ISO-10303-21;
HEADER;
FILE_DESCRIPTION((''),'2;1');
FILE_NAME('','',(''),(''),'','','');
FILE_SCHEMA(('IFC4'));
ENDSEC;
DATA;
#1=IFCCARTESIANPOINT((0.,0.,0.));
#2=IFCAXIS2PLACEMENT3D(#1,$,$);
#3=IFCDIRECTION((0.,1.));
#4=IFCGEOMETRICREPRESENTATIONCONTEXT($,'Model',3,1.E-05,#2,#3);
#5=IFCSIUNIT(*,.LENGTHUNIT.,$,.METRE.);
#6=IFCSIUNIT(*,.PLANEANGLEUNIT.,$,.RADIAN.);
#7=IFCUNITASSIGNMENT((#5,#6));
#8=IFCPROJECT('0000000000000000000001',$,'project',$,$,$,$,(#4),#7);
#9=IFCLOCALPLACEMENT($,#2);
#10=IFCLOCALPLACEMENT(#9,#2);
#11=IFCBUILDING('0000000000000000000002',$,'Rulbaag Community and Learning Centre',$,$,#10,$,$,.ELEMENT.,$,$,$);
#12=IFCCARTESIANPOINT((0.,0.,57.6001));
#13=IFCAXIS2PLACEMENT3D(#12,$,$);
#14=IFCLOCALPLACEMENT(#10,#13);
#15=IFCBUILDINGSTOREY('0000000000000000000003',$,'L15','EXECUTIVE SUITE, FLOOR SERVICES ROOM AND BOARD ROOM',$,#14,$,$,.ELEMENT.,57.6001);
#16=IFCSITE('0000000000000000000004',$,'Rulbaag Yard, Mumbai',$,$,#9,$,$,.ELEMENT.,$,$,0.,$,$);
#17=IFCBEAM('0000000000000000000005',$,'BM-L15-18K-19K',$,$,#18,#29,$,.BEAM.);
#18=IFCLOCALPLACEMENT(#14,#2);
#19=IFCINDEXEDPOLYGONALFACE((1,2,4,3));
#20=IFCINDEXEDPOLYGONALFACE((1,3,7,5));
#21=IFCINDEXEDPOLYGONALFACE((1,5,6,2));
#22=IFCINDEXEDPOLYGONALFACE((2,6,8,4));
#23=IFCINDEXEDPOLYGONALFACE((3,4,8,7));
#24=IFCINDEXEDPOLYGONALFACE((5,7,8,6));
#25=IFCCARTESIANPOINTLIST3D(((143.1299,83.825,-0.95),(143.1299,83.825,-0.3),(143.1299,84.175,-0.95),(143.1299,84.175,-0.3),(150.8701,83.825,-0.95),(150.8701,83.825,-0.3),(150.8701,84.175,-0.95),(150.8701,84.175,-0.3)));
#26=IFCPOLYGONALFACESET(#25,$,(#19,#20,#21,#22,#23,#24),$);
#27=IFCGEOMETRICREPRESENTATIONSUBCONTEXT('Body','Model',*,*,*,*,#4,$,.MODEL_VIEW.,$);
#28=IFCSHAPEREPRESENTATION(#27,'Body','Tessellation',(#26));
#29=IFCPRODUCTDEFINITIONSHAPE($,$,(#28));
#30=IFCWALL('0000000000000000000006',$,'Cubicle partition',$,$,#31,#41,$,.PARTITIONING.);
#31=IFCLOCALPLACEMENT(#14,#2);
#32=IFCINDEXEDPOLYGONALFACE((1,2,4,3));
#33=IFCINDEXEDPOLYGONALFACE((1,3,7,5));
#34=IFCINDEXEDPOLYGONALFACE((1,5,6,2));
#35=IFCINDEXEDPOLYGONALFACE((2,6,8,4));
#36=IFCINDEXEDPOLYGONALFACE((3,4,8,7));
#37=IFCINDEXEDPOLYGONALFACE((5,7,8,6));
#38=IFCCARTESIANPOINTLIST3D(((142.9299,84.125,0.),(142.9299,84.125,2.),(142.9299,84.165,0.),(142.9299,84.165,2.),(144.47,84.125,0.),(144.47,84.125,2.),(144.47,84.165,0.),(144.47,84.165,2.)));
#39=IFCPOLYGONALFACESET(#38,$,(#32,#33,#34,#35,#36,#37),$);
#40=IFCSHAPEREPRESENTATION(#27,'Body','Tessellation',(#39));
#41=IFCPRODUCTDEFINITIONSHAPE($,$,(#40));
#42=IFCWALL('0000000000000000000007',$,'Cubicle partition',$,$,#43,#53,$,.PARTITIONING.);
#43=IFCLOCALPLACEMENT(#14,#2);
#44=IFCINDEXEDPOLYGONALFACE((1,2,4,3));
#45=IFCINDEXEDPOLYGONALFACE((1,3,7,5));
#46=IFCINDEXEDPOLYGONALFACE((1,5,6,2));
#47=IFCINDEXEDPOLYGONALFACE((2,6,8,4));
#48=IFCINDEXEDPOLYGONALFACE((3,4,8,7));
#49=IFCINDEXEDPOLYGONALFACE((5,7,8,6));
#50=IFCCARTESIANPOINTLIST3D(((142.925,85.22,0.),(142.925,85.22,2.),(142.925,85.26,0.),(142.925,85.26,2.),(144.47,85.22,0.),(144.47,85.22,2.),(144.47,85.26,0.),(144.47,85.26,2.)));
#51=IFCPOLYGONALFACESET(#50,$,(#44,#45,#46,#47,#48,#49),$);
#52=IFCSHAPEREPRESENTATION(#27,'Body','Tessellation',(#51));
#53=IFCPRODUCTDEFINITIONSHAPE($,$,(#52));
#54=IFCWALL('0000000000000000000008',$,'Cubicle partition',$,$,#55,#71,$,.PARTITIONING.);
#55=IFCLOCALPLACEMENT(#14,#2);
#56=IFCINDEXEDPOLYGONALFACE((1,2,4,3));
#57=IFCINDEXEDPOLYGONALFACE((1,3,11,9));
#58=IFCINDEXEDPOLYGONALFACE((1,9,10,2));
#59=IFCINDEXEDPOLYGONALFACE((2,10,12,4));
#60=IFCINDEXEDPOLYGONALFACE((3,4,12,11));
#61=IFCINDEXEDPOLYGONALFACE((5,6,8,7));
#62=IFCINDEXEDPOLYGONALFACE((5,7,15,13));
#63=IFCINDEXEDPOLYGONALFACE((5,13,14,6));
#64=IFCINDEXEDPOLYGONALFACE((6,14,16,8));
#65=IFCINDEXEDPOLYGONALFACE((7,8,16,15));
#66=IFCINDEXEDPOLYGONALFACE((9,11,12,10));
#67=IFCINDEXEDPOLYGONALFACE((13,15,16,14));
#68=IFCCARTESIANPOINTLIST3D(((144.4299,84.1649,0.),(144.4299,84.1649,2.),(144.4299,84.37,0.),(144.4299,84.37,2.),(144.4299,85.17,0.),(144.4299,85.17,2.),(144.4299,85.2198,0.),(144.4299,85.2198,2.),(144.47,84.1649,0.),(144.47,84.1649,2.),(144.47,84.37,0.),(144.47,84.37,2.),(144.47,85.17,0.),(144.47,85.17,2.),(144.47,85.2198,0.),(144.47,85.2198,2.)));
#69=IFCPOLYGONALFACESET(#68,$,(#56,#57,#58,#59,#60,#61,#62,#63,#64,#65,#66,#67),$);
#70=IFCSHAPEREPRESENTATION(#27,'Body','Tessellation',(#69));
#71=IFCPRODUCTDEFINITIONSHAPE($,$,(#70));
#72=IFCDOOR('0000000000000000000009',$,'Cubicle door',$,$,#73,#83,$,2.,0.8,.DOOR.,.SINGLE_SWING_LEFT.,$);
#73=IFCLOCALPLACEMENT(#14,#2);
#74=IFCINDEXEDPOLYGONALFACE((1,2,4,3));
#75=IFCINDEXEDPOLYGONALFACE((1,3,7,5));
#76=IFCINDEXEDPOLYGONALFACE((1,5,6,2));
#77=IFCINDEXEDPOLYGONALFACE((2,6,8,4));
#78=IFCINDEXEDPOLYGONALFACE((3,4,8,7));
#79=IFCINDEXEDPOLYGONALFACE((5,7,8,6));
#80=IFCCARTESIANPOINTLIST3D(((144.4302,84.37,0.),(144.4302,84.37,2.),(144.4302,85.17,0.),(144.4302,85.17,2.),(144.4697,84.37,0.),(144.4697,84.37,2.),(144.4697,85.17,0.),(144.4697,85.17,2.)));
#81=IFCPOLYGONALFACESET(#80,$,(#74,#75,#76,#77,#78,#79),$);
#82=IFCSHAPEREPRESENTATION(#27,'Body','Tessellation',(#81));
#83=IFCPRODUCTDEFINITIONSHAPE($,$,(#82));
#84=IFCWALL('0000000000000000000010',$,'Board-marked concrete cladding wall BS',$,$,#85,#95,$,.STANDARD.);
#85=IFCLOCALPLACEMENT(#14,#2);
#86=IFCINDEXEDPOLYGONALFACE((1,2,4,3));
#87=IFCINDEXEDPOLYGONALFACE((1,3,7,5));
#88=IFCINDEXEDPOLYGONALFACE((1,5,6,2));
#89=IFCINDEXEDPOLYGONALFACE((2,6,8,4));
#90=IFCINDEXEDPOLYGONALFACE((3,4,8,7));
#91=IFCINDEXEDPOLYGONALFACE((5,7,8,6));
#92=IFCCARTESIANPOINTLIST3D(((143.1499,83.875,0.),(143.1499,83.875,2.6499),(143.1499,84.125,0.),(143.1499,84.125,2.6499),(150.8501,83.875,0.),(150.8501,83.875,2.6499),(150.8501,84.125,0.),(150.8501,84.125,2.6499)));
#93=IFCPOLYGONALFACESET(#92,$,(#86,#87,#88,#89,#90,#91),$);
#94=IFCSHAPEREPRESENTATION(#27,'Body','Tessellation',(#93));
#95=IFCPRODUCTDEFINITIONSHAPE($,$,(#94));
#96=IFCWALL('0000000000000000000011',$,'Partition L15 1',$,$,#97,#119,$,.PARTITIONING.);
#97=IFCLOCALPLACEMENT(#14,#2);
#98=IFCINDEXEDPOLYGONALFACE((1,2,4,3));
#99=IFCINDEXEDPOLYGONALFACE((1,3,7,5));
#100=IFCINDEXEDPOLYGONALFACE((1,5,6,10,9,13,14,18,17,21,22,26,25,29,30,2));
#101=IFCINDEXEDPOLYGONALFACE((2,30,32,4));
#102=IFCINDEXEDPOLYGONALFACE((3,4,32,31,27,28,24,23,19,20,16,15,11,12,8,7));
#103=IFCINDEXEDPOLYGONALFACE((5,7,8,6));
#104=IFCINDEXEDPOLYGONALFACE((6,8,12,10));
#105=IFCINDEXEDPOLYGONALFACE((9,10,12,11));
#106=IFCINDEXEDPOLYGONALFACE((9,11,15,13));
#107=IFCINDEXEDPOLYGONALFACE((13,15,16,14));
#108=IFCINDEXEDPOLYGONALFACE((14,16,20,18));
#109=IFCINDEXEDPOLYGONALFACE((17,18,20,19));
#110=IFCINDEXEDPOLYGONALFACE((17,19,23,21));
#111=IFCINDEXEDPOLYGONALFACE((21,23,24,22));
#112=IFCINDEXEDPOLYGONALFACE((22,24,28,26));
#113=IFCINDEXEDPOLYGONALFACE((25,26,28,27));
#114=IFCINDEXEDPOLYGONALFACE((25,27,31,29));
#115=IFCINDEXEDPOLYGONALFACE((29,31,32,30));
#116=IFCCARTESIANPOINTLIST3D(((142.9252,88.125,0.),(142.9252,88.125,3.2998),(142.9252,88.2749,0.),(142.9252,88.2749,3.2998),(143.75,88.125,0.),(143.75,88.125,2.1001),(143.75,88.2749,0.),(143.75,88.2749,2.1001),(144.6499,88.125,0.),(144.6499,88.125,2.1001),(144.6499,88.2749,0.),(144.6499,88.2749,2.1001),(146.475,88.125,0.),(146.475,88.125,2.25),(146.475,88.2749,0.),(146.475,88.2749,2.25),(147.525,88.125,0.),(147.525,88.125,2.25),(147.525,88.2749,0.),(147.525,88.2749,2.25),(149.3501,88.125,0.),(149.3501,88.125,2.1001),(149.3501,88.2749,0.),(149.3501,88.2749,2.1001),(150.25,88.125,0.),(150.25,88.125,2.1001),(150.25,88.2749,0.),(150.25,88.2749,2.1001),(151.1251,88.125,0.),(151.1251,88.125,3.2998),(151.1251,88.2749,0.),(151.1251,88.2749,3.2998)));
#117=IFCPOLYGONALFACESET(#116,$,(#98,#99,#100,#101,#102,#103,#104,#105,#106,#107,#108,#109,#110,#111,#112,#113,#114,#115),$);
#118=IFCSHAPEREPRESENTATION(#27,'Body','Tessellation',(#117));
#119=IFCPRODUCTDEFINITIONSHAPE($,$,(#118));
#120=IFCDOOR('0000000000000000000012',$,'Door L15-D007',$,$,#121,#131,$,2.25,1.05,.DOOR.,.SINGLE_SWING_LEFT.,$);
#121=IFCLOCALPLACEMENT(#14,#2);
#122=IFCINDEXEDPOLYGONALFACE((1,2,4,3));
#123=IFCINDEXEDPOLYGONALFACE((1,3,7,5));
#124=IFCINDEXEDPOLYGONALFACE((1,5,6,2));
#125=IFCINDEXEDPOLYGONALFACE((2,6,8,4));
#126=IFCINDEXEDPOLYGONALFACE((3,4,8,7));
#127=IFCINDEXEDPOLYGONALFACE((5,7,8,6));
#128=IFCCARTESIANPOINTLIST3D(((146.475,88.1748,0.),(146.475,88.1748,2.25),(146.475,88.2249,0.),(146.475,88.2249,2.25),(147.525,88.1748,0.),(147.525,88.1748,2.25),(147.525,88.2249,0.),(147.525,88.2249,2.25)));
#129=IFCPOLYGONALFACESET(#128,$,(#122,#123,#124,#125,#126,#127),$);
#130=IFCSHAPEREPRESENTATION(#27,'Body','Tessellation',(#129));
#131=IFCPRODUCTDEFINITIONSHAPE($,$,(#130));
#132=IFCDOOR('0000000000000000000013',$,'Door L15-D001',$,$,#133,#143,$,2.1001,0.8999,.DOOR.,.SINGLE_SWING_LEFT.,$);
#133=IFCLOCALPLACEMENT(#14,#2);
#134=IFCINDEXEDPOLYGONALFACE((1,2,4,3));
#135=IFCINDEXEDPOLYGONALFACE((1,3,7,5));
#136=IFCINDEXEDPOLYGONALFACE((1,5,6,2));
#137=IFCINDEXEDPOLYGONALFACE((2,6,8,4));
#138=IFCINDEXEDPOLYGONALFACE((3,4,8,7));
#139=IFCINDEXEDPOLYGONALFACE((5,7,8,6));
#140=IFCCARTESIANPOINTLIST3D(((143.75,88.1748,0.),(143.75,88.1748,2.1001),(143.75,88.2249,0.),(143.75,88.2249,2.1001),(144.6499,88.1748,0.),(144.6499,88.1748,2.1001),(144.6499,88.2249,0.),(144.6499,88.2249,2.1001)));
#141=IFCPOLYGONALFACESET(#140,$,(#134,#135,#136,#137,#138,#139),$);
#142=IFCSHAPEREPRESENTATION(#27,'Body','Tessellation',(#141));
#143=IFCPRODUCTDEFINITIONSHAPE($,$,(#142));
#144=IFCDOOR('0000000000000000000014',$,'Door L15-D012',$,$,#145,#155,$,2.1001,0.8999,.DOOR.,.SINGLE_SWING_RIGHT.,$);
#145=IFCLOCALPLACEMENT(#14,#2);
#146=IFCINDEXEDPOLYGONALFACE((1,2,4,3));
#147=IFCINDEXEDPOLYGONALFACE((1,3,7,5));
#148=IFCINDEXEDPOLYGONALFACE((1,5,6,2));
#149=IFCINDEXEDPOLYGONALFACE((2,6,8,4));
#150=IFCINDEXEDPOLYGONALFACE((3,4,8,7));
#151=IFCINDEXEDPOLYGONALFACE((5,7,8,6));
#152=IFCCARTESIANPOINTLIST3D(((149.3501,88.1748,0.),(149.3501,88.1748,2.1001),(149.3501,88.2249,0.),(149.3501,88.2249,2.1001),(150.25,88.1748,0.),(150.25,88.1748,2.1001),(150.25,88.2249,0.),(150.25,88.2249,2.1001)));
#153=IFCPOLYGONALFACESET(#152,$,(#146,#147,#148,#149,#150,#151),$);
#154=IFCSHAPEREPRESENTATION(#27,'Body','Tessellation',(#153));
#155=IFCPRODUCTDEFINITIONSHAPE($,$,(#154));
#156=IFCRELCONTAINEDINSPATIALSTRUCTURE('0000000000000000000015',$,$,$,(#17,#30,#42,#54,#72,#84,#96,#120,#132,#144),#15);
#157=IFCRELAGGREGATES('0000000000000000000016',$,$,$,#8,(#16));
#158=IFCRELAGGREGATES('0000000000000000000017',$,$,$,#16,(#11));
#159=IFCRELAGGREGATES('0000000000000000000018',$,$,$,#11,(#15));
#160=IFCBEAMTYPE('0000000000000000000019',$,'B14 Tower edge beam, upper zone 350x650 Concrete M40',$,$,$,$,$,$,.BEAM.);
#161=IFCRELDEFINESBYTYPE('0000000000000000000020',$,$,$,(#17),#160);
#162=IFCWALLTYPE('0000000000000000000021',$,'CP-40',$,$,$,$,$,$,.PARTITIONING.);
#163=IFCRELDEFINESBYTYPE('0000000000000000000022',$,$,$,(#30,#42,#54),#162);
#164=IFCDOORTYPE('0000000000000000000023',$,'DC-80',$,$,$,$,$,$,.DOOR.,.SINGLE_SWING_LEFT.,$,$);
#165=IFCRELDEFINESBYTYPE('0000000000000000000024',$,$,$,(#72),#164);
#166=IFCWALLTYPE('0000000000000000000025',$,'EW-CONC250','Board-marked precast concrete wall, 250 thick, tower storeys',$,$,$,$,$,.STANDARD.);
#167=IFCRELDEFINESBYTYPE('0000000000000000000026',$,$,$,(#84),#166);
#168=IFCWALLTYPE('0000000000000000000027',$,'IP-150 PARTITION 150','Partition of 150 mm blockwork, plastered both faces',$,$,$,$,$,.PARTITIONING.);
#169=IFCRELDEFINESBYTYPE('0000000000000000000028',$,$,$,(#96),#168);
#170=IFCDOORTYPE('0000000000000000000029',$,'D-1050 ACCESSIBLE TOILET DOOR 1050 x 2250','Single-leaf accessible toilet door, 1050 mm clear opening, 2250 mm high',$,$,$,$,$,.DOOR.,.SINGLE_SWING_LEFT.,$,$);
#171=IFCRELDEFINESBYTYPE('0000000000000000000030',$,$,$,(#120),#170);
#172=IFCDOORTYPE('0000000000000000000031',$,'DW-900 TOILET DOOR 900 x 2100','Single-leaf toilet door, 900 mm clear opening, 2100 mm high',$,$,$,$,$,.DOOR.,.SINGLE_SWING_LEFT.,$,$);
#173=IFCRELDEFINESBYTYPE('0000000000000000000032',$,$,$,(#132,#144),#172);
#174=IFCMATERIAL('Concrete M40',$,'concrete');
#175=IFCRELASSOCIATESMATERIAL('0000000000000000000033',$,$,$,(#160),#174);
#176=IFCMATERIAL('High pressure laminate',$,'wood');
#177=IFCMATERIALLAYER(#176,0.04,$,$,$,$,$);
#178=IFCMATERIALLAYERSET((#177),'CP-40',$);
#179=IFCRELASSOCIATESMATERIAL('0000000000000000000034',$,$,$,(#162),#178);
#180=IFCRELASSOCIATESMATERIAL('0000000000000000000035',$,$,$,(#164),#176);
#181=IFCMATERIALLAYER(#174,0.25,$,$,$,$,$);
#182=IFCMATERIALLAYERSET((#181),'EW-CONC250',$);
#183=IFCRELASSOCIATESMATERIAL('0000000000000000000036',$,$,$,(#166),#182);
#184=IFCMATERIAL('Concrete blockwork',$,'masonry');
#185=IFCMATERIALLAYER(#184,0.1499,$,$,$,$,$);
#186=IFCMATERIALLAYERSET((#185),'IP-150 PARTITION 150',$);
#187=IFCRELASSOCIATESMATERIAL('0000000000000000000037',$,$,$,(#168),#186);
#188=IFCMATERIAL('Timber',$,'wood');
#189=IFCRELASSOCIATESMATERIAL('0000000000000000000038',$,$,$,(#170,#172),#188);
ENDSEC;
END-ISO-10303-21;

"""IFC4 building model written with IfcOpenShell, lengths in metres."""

from ifc_helpers import new_model, si_unit, direction, frame, frame_2d, origin, origin_2d, place, context, subcontext, project, spatial, rectangle, extrude, material, layer, layer_set, material_profile, profile_set, type_object, element, fill, save


model = new_model("IFC4")

# Units and contexts
model_context = context("Model", 3, precision=1e-05, world=origin(), true_north=direction((0.0, 1.0)))
body_context = subcontext(model_context, "Body", "Model", "MODEL_VIEW")
ifc_project = project(units=[si_unit("LENGTHUNIT", "METRE"), si_unit("PLANEANGLEUNIT", "RADIAN")], contexts=[model_context])

# Site, building, storey
site_placement = place(None, origin())
site = spatial("IfcSite", under=ifc_project, at=site_placement, Name="Rulbaag Yard, Mumbai", CompositionType="ELEMENT", RefElevation=0.0)
building_placement = place(site_placement, origin())
building = spatial("IfcBuilding", under=site, at=building_placement, Name="Rulbaag Community and Learning Centre", CompositionType="ELEMENT")
storey_placement = place(building_placement, frame((0.0, 0.0, 57.6001)))
storey = spatial("IfcBuildingStorey", under=building, at=storey_placement, Name="L15", Description="EXECUTIVE SUITE, FLOOR SERVICES ROOM AND BOARD ROOM", CompositionType="ELEMENT", Elevation=57.6001)

# Beam
ifc_material_1 = material(Name="Concrete M40", Category="concrete")
ifc_material_profile = material_profile(ifc_material_1, rectangle(XDim=0.3501, YDim=0.6499, at=origin_2d()), Name="RB350x650")
ifc_profile_set = profile_set([ifc_material_profile], Name="Concrete M40")
beam_type = type_object("IfcBeamType", Name="B14 Tower edge beam, upper zone 350x650 Concrete M40", PredefinedType="BEAM", material=ifc_profile_set)
beam_placement = place(storey_placement, frame((143.1299, 84.0, -0.625), z_axis=(1.0, 0.0, 0.0), x_axis=(0.0, 1.0, 0.0)))
element("IfcBeam", 1, at=beam_placement, inside=storey, type_object=beam_type, Name="BM-L15-18K-19K", PredefinedType="BEAM", context=body_context, shape_type="SweptSolid", body=[
    extrude(rectangle(XDim=0.3501, YDim=0.6499, at=origin_2d()), origin(), (0.0, 0.0, 1.0), 7.7402),
])

# Walls
ifc_material_2 = material(Name="High pressure laminate", Category="wood")
ifc_layer_1 = layer(ifc_material_2, 0.04)
ifc_layer_set_1 = layer_set([ifc_layer_1], Name="CP-40")
wall_type_1 = type_object("IfcWallType", Name="CP-40", PredefinedType="PARTITIONING", material=ifc_layer_set_1)
wall_1_placement = place(storey_placement, frame((142.9299, 84.145, 0.0), z_axis=(0.0, 0.0, 1.0), x_axis=(1.0, 0.0, 0.0)))
element("IfcWall", 2, at=wall_1_placement, inside=storey, type_object=wall_type_1, Name="Cubicle partition", PredefinedType="PARTITIONING", context=body_context, shape_type="SweptSolid", body=[
    extrude(rectangle(XDim=1.54, YDim=0.04, at=frame_2d((0.77, 0.0))), origin(), (0.0, 0.0, 1.0), 2.0),
])
wall_2_placement = place(storey_placement, frame((142.925, 85.24, 0.0), z_axis=(0.0, 0.0, 1.0), x_axis=(1.0, 0.0, 0.0)))
element("IfcWall", 3, at=wall_2_placement, inside=storey, type_object=wall_type_1, Name="Cubicle partition", PredefinedType="PARTITIONING", context=body_context, shape_type="SweptSolid", body=[
    extrude(rectangle(XDim=1.5449, YDim=0.04, at=frame_2d((0.7725, 0.0))), origin(), (0.0, 0.0, 1.0), 2.0),
])

# Wall, opening, door
wall_3_placement = place(storey_placement, frame((144.45, 84.165, 0.0), z_axis=(0.0, 0.0, 1.0), x_axis=(0.0, 1.0, 0.0)))
wall_3 = element("IfcWall", 4, at=wall_3_placement, inside=storey, type_object=wall_type_1, Name="Cubicle partition", PredefinedType="PARTITIONING", context=body_context, shape_type="SweptSolid", body=[
    extrude(rectangle(XDim=1.0549, YDim=0.04, at=frame_2d((0.5273, 0.0))), origin(), (0.0, 0.0, 1.0), 2.0),
])
opening_1_placement = place(wall_3_placement, frame((0.2051, 0.0, 0.0)))
opening_1 = element("IfcOpeningElement", 5, at=opening_1_placement, cuts=wall_3, PredefinedType="OPENING", context=body_context, shape_type="SweptSolid", body=[
    extrude(rectangle(XDim=0.8, YDim=2.0, at=frame_2d((0.3999, 1.0))), frame((0.0, 0.03, 0.0), z_axis=(0.0, -1.0, 0.0), x_axis=(1.0, 0.0, 0.0)), (0.0, 0.0, 1.0), 0.0601),
])
door_type_1 = type_object("IfcDoorType", Name="DC-80", OperationType="SINGLE_SWING_LEFT", PredefinedType="DOOR", material=ifc_material_2)
door_1_placement = place(opening_1_placement, origin())
door_1 = element("IfcDoor", 6, at=door_1_placement, inside=storey, type_object=door_type_1, Name="Cubicle door", OperationType="SINGLE_SWING_LEFT", OverallHeight=2.0, OverallWidth=0.8, PredefinedType="DOOR", context=body_context, shape_type="SweptSolid", body=[
    extrude(rectangle(XDim=0.8, YDim=2.0, at=frame_2d((0.3999, 1.0))), frame((0.0, 0.0198, 0.0), z_axis=(0.0, -1.0, 0.0), x_axis=(1.0, 0.0, 0.0)), (0.0, 0.0, 1.0), 0.0396),
])
fill(opening_1, door_1)

# Wall
ifc_layer_2 = layer(ifc_material_1, 0.25)
ifc_layer_set_2 = layer_set([ifc_layer_2], Name="EW-CONC250")
wall_type_2 = type_object("IfcWallType", Name="EW-CONC250", Description="Board-marked precast concrete wall, 250 thick, tower storeys", PredefinedType="STANDARD", material=ifc_layer_set_2)
wall_4_placement = place(storey_placement, frame((143.1499, 84.0, 0.0), z_axis=(0.0, 0.0, 1.0), x_axis=(1.0, 0.0, 0.0)))
element("IfcWall", 7, at=wall_4_placement, inside=storey, type_object=wall_type_2, Name="Board-marked concrete cladding wall BS", PredefinedType="STANDARD", context=body_context, shape_type="SweptSolid", body=[
    extrude(rectangle(XDim=7.7002, YDim=0.25, at=frame_2d((3.8501, 0.0))), origin(), (0.0, 0.0, 1.0), 2.6499),
])

# Wall, openings, doors
ifc_material_3 = material(Name="Concrete blockwork", Category="masonry")
ifc_layer_3 = layer(ifc_material_3, 0.1499)
ifc_layer_set_3 = layer_set([ifc_layer_3], Name="IP-150 PARTITION 150")
wall_type_3 = type_object("IfcWallType", Name="IP-150 PARTITION 150", Description="Partition of 150 mm blockwork, plastered both faces", PredefinedType="PARTITIONING", material=ifc_layer_set_3)
wall_5_placement = place(storey_placement, frame((142.925, 88.2, 0.0), z_axis=(0.0, 0.0, 1.0), x_axis=(1.0, 0.0, 0.0)))
wall_5 = element("IfcWall", 8, at=wall_5_placement, inside=storey, type_object=wall_type_3, Name="Partition L15 1", PredefinedType="PARTITIONING", context=body_context, shape_type="SweptSolid", body=[
    extrude(rectangle(XDim=8.2, YDim=0.1499, at=frame_2d((4.1001, 0.0))), origin(), (0.0, 0.0, 1.0), 3.2998),
])
opening_2_placement = place(wall_5_placement, frame((0.825, 0.0, 0.0)))
opening_2 = element("IfcOpeningElement", 9, at=opening_2_placement, cuts=wall_5, PredefinedType="OPENING", context=body_context, shape_type="SweptSolid", body=[
    extrude(rectangle(XDim=0.8999, YDim=2.1001, at=frame_2d((0.45, 1.05))), frame((0.0, 0.085, 0.0), z_axis=(0.0, -1.0, 0.0), x_axis=(1.0, 0.0, 0.0)), (0.0, 0.0, 1.0), 0.1699),
])
opening_3_placement = place(wall_5_placement, frame((3.55, 0.0, 0.0)))
opening_3 = element("IfcOpeningElement", 10, at=opening_3_placement, cuts=wall_5, PredefinedType="OPENING", context=body_context, shape_type="SweptSolid", body=[
    extrude(rectangle(XDim=1.05, YDim=2.25, at=frame_2d((0.5249, 1.125))), frame((0.0, 0.085, 0.0), z_axis=(0.0, -1.0, 0.0), x_axis=(1.0, 0.0, 0.0)), (0.0, 0.0, 1.0), 0.1699),
])
opening_4_placement = place(wall_5_placement, frame((6.425, 0.0, 0.0)))
opening_4 = element("IfcOpeningElement", 11, at=opening_4_placement, cuts=wall_5, PredefinedType="OPENING", context=body_context, shape_type="SweptSolid", body=[
    extrude(rectangle(XDim=0.8999, YDim=2.1001, at=frame_2d((0.45, 1.05))), frame((0.0, 0.085, 0.0), z_axis=(0.0, -1.0, 0.0), x_axis=(1.0, 0.0, 0.0)), (0.0, 0.0, 1.0), 0.1699),
])
ifc_material_4 = material(Name="Timber", Category="wood")
door_type_2 = type_object("IfcDoorType", Name="D-1050 ACCESSIBLE TOILET DOOR 1050 x 2250", Description="Single-leaf accessible toilet door, 1050 mm clear opening, 2250 mm high", OperationType="SINGLE_SWING_LEFT", PredefinedType="DOOR", material=ifc_material_4)
door_2_placement = place(opening_3_placement, origin())
door_2 = element("IfcDoor", 12, at=door_2_placement, inside=storey, type_object=door_type_2, Name="Door L15-D007", OperationType="SINGLE_SWING_LEFT", OverallHeight=2.25, OverallWidth=1.05, PredefinedType="DOOR", context=body_context, shape_type="SweptSolid", body=[
    extrude(rectangle(XDim=1.05, YDim=2.25, at=frame_2d((0.5249, 1.125))), frame((0.0, 0.0249, 0.0), z_axis=(0.0, -1.0, 0.0), x_axis=(1.0, 0.0, 0.0)), (0.0, 0.0, 1.0), 0.05),
])
fill(opening_3, door_2)
door_type_3 = type_object("IfcDoorType", Name="DW-900 TOILET DOOR 900 x 2100", Description="Single-leaf toilet door, 900 mm clear opening, 2100 mm high", OperationType="SINGLE_SWING_LEFT", PredefinedType="DOOR", material=ifc_material_4)
door_3_placement = place(opening_2_placement, origin())
door_3 = element("IfcDoor", 13, at=door_3_placement, inside=storey, type_object=door_type_3, Name="Door L15-D001", OperationType="SINGLE_SWING_LEFT", OverallHeight=2.1001, OverallWidth=0.8999, PredefinedType="DOOR", context=body_context, shape_type="SweptSolid", body=[
    extrude(rectangle(XDim=0.8999, YDim=2.1001, at=frame_2d((0.45, 1.05))), frame((0.0, 0.0249, 0.0), z_axis=(0.0, -1.0, 0.0), x_axis=(1.0, 0.0, 0.0)), (0.0, 0.0, 1.0), 0.05),
])
fill(opening_2, door_3)
door_4_placement = place(opening_4_placement, origin())
door_4 = element("IfcDoor", 14, at=door_4_placement, inside=storey, type_object=door_type_3, Name="Door L15-D012", OperationType="SINGLE_SWING_RIGHT", OverallHeight=2.1001, OverallWidth=0.8999, PredefinedType="DOOR", context=body_context, shape_type="SweptSolid", body=[
    extrude(rectangle(XDim=0.8999, YDim=2.1001, at=frame_2d((0.45, 1.05))), frame((0.0, 0.0249, 0.0), z_axis=(0.0, -1.0, 0.0), x_axis=(1.0, 0.0, 0.0)), (0.0, 0.0, 1.0), 0.05),
])
fill(opening_4, door_4)

save(model, "model.ifc")
